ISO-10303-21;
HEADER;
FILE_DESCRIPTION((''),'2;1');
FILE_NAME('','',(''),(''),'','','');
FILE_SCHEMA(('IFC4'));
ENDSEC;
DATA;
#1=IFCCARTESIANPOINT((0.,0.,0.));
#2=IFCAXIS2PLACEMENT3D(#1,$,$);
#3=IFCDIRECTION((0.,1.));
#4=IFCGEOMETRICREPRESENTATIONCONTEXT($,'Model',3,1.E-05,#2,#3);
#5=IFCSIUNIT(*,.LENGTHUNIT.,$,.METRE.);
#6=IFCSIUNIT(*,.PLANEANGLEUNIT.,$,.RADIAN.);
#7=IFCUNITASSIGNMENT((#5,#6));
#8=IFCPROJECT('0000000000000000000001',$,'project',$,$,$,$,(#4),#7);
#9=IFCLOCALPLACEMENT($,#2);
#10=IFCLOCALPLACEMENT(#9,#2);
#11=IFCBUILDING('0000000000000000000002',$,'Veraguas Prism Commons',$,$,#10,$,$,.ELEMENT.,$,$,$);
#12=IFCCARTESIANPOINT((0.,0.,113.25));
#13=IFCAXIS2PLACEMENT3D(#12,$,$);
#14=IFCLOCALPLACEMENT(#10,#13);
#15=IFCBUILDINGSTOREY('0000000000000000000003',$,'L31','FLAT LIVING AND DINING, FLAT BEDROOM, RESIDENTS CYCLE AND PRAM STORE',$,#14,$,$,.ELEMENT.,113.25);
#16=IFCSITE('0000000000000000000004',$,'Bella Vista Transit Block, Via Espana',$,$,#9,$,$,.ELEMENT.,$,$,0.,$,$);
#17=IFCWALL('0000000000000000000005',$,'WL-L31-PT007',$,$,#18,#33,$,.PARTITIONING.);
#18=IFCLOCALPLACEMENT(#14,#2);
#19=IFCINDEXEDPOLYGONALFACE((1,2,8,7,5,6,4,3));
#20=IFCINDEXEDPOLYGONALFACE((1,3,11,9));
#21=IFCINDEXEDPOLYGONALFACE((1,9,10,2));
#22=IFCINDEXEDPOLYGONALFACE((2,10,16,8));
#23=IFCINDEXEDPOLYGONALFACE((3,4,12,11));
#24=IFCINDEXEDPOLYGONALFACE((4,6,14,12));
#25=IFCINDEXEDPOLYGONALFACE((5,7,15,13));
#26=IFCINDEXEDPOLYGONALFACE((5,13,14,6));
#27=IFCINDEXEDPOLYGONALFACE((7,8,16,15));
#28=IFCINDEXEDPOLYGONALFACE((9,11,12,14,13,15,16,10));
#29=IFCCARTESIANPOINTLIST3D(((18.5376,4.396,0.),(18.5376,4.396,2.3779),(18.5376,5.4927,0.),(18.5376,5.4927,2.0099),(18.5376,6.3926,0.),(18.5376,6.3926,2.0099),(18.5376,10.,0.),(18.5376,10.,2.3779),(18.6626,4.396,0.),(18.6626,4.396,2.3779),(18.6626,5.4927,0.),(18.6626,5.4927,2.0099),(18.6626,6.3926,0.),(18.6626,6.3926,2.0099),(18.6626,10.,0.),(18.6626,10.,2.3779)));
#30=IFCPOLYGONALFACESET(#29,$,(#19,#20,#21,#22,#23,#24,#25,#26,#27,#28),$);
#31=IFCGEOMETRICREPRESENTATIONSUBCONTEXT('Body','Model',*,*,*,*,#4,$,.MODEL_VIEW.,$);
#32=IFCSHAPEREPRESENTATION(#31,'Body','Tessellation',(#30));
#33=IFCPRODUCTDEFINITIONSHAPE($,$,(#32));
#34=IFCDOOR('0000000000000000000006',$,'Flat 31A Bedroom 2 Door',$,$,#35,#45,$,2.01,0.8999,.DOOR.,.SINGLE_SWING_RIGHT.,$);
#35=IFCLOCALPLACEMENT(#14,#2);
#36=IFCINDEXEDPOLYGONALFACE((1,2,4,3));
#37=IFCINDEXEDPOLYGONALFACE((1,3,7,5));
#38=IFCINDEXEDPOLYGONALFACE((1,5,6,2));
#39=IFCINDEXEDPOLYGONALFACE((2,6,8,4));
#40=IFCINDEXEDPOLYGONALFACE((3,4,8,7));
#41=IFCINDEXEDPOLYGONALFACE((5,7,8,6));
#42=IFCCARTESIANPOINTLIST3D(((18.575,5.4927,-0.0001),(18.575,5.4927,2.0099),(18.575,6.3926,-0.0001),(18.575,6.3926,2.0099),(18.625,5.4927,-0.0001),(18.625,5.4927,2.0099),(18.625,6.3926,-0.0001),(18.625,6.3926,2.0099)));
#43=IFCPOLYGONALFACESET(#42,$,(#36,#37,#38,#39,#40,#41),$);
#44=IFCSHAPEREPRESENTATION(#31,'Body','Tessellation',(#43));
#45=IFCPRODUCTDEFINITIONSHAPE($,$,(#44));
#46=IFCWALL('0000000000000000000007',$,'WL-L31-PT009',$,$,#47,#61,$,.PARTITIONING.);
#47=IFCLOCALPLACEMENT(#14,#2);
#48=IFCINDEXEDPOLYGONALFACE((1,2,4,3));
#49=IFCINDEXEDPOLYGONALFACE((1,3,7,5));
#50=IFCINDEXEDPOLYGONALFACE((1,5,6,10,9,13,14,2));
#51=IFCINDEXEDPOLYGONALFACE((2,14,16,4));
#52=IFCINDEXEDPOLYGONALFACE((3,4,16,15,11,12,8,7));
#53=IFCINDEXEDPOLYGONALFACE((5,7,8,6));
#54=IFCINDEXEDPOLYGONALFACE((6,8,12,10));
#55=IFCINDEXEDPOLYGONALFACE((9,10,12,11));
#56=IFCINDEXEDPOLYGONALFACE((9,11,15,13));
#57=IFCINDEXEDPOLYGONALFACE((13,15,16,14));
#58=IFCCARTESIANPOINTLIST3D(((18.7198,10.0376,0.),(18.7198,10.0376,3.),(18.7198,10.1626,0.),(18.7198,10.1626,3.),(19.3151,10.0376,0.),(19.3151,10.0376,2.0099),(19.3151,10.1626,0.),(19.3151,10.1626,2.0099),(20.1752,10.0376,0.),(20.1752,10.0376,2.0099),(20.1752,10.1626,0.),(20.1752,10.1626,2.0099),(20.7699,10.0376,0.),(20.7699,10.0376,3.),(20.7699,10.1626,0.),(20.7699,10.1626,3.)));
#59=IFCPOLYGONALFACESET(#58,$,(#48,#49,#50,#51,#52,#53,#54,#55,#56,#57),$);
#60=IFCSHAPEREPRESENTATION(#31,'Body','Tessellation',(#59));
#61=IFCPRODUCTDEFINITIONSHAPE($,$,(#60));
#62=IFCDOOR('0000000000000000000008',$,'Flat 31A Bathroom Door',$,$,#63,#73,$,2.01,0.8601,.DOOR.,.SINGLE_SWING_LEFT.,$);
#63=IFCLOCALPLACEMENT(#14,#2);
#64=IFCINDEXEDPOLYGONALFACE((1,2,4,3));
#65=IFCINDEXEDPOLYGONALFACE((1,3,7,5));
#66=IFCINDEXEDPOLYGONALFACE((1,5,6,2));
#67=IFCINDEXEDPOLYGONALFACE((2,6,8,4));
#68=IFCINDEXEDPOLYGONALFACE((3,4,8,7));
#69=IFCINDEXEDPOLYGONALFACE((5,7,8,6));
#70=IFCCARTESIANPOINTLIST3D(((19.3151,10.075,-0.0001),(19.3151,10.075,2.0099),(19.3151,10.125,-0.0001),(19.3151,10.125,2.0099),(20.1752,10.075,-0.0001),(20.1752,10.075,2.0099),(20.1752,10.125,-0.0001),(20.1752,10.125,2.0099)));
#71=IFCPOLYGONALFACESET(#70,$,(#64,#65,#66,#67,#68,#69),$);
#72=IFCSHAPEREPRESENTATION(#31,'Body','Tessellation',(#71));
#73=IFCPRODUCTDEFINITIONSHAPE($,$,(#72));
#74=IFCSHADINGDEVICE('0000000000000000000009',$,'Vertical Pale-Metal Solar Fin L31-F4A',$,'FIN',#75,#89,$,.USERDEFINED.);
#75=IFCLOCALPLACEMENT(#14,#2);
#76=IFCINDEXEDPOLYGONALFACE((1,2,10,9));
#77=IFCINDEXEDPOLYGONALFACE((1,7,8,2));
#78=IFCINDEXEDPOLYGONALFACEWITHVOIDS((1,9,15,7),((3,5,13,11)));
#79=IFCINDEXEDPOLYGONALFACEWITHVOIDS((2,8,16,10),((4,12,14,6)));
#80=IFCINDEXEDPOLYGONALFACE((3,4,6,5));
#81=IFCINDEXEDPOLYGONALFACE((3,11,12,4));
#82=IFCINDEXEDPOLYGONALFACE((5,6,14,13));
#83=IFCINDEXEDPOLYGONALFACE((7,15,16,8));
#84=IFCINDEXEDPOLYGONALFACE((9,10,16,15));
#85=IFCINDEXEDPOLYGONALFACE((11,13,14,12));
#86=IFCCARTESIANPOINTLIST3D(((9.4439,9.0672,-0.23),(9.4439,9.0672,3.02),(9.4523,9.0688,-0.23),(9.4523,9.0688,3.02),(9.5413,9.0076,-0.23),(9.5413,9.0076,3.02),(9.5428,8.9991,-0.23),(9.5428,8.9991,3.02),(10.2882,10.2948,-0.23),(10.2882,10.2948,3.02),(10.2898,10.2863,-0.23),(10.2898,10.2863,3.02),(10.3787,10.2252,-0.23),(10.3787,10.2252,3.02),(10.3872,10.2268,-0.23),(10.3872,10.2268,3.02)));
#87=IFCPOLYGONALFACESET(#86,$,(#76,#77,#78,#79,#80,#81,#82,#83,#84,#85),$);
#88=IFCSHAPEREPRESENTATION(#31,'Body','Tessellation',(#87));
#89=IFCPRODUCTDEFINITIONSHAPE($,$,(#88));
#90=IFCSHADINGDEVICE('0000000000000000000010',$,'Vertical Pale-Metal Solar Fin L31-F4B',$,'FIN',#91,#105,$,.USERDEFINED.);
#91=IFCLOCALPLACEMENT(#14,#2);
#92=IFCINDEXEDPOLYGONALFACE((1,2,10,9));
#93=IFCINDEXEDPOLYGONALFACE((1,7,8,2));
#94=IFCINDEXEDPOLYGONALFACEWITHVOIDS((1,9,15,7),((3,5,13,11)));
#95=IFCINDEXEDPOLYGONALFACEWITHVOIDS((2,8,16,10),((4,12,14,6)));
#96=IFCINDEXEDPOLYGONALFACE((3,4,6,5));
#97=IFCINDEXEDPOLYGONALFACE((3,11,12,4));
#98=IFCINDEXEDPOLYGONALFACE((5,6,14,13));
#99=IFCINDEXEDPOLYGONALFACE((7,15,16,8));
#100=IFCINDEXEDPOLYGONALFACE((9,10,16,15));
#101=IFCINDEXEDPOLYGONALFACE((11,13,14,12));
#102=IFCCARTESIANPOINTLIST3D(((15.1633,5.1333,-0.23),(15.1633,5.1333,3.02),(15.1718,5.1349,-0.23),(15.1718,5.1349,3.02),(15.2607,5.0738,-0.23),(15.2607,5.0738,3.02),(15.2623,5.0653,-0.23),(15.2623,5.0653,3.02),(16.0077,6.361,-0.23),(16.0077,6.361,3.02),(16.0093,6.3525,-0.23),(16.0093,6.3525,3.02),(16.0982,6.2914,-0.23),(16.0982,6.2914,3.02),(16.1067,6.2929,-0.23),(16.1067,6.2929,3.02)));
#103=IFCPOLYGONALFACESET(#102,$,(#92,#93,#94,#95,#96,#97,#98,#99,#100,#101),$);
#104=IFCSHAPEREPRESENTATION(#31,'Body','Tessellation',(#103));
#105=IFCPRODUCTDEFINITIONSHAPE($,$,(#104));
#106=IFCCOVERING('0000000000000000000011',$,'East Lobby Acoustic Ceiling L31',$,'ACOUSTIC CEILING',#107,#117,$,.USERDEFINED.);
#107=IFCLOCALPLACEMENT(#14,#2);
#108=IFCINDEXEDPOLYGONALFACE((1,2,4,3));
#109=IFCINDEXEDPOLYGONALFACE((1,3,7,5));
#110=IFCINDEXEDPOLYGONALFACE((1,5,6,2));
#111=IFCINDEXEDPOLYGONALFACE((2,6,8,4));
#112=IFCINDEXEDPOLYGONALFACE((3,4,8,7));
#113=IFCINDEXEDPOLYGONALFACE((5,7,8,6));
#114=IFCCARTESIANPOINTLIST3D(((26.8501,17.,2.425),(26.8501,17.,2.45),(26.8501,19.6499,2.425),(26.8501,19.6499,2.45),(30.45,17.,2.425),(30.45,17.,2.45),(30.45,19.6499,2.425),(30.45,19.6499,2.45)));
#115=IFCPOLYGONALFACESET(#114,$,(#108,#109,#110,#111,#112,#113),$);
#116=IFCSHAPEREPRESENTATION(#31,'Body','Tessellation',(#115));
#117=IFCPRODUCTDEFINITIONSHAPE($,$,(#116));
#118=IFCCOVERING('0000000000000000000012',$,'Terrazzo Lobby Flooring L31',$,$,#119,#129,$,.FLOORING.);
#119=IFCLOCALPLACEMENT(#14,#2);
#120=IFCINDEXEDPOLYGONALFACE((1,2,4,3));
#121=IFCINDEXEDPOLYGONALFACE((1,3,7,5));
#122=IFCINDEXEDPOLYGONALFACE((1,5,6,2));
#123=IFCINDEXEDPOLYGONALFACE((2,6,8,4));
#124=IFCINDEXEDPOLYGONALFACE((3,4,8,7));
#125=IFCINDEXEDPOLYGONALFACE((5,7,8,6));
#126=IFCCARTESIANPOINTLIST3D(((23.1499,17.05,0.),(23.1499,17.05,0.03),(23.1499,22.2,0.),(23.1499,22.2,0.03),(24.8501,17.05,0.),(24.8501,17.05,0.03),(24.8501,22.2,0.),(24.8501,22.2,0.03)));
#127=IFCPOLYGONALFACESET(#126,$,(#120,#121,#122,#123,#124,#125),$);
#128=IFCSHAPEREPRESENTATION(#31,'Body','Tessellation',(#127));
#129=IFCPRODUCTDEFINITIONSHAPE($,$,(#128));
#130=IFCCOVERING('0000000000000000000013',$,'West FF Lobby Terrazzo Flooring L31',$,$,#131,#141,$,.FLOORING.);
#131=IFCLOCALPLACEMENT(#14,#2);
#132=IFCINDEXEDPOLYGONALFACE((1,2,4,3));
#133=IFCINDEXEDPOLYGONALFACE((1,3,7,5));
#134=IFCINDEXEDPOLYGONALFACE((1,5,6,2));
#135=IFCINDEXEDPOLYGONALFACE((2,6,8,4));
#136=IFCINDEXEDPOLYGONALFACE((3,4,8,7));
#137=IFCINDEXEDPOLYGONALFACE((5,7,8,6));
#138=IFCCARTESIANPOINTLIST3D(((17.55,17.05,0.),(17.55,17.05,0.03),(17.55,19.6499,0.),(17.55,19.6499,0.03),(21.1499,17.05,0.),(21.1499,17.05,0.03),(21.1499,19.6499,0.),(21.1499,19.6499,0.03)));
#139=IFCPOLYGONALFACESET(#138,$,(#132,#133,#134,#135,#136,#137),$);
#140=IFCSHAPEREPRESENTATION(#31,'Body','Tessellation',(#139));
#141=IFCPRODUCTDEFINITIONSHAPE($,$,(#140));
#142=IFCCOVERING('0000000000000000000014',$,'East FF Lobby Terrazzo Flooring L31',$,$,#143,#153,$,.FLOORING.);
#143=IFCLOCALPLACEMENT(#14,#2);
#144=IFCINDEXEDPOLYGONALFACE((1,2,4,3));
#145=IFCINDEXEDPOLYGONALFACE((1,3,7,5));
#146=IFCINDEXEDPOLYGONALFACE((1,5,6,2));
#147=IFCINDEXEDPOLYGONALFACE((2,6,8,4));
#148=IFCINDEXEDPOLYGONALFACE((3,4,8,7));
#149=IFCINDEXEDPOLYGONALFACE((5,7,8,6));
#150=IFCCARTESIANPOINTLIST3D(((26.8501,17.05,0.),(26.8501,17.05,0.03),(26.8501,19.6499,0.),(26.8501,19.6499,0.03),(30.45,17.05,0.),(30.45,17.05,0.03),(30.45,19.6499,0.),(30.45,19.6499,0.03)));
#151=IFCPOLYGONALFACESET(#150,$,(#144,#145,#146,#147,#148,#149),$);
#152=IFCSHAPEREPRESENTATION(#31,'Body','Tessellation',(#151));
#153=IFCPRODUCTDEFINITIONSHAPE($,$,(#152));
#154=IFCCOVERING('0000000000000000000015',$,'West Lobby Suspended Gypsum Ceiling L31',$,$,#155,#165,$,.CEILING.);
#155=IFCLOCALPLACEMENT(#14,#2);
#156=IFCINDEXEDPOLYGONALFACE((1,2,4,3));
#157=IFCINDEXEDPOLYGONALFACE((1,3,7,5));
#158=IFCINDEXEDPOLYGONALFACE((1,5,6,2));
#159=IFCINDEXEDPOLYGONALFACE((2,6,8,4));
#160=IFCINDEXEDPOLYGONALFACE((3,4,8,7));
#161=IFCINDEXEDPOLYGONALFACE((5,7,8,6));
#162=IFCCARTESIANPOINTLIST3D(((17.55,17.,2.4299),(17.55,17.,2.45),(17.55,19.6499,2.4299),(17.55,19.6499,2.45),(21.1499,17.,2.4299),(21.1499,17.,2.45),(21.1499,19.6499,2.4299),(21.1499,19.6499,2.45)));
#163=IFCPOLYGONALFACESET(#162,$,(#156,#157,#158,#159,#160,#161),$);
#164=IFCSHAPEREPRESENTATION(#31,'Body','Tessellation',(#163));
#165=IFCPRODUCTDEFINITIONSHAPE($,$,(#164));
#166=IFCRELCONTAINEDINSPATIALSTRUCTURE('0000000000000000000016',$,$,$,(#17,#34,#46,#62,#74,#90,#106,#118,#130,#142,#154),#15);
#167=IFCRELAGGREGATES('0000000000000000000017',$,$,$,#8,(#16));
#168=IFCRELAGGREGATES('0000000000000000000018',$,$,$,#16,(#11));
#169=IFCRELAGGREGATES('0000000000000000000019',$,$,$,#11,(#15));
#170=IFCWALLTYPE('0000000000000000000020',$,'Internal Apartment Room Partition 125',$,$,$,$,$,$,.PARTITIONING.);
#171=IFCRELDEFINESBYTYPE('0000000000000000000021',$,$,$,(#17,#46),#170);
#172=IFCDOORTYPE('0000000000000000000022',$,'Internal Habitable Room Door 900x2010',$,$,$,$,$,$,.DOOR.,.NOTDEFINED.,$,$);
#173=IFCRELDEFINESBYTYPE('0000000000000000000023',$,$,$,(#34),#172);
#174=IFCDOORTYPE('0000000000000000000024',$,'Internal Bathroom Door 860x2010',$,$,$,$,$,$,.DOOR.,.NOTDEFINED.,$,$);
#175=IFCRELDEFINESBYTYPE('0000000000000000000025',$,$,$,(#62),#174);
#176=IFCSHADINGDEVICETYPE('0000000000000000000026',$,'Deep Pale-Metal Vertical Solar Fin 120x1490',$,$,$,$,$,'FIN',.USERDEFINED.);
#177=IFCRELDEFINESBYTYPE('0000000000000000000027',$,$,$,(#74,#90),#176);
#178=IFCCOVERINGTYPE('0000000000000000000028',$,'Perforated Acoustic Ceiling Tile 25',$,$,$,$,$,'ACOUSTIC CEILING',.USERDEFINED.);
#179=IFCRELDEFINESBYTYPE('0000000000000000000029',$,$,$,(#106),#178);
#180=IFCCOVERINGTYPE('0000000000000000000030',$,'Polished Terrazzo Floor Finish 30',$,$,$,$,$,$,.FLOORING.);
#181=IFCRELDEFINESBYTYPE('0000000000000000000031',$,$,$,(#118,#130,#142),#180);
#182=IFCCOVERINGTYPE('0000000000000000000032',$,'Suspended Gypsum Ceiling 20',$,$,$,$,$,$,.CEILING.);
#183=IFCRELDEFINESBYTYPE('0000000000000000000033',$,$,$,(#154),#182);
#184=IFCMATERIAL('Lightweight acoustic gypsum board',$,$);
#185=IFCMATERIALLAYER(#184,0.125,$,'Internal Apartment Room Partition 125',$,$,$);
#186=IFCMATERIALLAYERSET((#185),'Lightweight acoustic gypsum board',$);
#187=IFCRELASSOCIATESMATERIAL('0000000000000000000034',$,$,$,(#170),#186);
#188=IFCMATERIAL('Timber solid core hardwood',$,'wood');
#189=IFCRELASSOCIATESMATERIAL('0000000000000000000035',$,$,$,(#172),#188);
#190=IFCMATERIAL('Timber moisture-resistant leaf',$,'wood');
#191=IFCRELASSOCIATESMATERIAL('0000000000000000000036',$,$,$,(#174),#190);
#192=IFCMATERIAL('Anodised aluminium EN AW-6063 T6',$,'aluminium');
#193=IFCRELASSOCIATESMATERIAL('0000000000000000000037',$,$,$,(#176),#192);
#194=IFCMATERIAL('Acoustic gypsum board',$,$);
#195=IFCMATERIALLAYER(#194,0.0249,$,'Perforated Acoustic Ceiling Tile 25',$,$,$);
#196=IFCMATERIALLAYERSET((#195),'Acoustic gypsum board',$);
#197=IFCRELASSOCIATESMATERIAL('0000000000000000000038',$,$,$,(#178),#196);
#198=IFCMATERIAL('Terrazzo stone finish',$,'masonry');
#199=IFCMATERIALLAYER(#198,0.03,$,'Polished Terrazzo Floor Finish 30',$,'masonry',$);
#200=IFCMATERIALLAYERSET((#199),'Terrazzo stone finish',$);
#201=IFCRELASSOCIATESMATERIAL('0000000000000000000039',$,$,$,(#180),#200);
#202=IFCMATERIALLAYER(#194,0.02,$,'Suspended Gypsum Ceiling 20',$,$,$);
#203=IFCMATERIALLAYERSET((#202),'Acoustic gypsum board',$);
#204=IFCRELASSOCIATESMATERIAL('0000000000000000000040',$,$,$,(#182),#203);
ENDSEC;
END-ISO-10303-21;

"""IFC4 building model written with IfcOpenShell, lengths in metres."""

from ifc_helpers import new_model, si_unit, direction, frame, frame_2d, origin, origin_2d, place, context, subcontext, project, spatial, polyline, rectangle, hollow_rectangle, outline, extrude, source, transform, mapped, material, layer, layer_set, material_profile, profile_set, type_object, element, fill, save


model = new_model("IFC4")

# Units and contexts
model_context = context("Model", 3, precision=1e-05, world=origin(), true_north=direction((0.0, 1.0)))
body_context = subcontext(model_context, "Body", "Model", "MODEL_VIEW")
ifc_project = project(units=[si_unit("LENGTHUNIT", "METRE"), si_unit("PLANEANGLEUNIT", "RADIAN")], contexts=[model_context])

# Site, building, storey
site_placement = place(None, origin())
site = spatial("IfcSite", under=ifc_project, at=site_placement, Name="Bella Vista Transit Block, Via Espana", CompositionType="ELEMENT", RefElevation=0.0)
building_placement = place(site_placement, origin())
building = spatial("IfcBuilding", under=site, at=building_placement, Name="Veraguas Prism Commons", CompositionType="ELEMENT")
storey_placement = place(building_placement, frame((0.0, 0.0, 113.25)))
storey = spatial("IfcBuildingStorey", under=building, at=storey_placement, Name="L31", Description="FLAT LIVING AND DINING, FLAT BEDROOM, RESIDENTS CYCLE AND PRAM STORE", CompositionType="ELEMENT", Elevation=113.25)

# Shared definitions
ifc_material_1 = material(Name="Anodised aluminium EN AW-6063 T6", Category="aluminium")

# Walls, openings, doors
ifc_material_2 = material(Name="Lightweight acoustic gypsum board")
ifc_layer_1 = layer(ifc_material_2, 0.125, Name="Internal Apartment Room Partition 125")
ifc_layer_set_1 = layer_set([ifc_layer_1], Name="Lightweight acoustic gypsum board")
wall_type_1 = type_object("IfcWallType", Name="Internal Apartment Room Partition 125", PredefinedType="PARTITIONING", material=ifc_layer_set_1)
wall_1_placement = place(storey_placement, frame((18.6001, 10.0, 0.0), z_axis=(0.0, 0.0, 1.0), x_axis=(0.0, -1.0, 0.0)))
wall_1 = element("IfcWall", 1, at=wall_1_placement, inside=storey, type_object=wall_type_1, Name="WL-L31-PT007", PredefinedType="PARTITIONING", context=body_context, shape_type="SweptSolid", body=[
    extrude(rectangle(XDim=5.604, YDim=0.125, at=frame_2d((2.802, 0.0))), origin(), (0.0, 0.0, 1.0), 2.3779),
])
opening_1_placement = place(wall_1_placement, frame((3.6074, 0.0, 0.0)))
opening_1 = element("IfcOpeningElement", 2, at=opening_1_placement, cuts=wall_1, PredefinedType="OPENING", context=body_context, shape_type="SweptSolid", body=[
    extrude(rectangle(XDim=0.8999, YDim=2.01, at=frame_2d((0.45, 1.0049))), frame((0.0, 0.0725, 0.0), z_axis=(0.0, -1.0, 0.0), x_axis=(1.0, 0.0, 0.0)), (0.0, 0.0, 1.0), 0.145),
])
ifc_material_3 = material(Name="Timber solid core hardwood", Category="wood")
door_type_1 = type_object("IfcDoorType", Name="Internal Habitable Room Door 900x2010", OperationType="NOTDEFINED", PredefinedType="DOOR", material=ifc_material_3)
shared_shape_1 = source(origin(), body_context, "Body", "SweptSolid", [
    extrude(rectangle(XDim=0.8999, YDim=2.01, at=frame_2d((0.45, 1.0049))), frame((0.0, 0.0249, 0.0), z_axis=(0.0, -1.0, 0.0), x_axis=(1.0, 0.0, 0.0)), (0.0, 0.0, 1.0), 0.05),
])
door_1_placement = place(opening_1_placement, origin())
door_1 = element("IfcDoor", 3, at=door_1_placement, inside=storey, type_object=door_type_1, Name="Flat 31A Bedroom 2 Door", OperationType="SINGLE_SWING_RIGHT", OverallHeight=2.01, OverallWidth=0.8999, PredefinedType="DOOR", context=body_context, shape_type="MappedRepresentation", body=[
    mapped(shared_shape_1, transform((0.0, 0.0, 0.0), scale=1.0)),
])
fill(opening_1, door_1)
wall_2_placement = place(storey_placement, frame((18.72, 10.1001, 0.0), z_axis=(0.0, 0.0, 1.0), x_axis=(1.0, 0.0, 0.0)))
wall_2 = element("IfcWall", 4, at=wall_2_placement, inside=storey, type_object=wall_type_1, Name="WL-L31-PT009", PredefinedType="PARTITIONING", context=body_context, shape_type="SweptSolid", body=[
    extrude(rectangle(XDim=2.05, YDim=0.125, at=frame_2d((1.0249, 0.0))), origin(), (0.0, 0.0, 1.0), 3.0),
])
opening_2_placement = place(wall_2_placement, frame((0.595, 0.0, 0.0)))
opening_2 = element("IfcOpeningElement", 5, at=opening_2_placement, cuts=wall_2, PredefinedType="OPENING", context=body_context, shape_type="SweptSolid", body=[
    extrude(rectangle(XDim=0.8601, YDim=2.01, at=frame_2d((0.4302, 1.0049))), frame((0.0, 0.0725, 0.0), z_axis=(0.0, -1.0, 0.0), x_axis=(1.0, 0.0, 0.0)), (0.0, 0.0, 1.0), 0.145),
])
ifc_material_4 = material(Name="Timber moisture-resistant leaf", Category="wood")
door_type_2 = type_object("IfcDoorType", Name="Internal Bathroom Door 860x2010", OperationType="NOTDEFINED", PredefinedType="DOOR", material=ifc_material_4)
shared_shape_2 = source(origin(), body_context, "Body", "SweptSolid", [
    extrude(rectangle(XDim=0.8601, YDim=2.01, at=frame_2d((0.4302, 1.0049))), frame((0.0, 0.0249, 0.0), z_axis=(0.0, -1.0, 0.0), x_axis=(1.0, 0.0, 0.0)), (0.0, 0.0, 1.0), 0.05),
])
door_2_placement = place(opening_2_placement, origin())
door_2 = element("IfcDoor", 6, at=door_2_placement, inside=storey, type_object=door_type_2, Name="Flat 31A Bathroom Door", OperationType="SINGLE_SWING_LEFT", OverallHeight=2.01, OverallWidth=0.8601, PredefinedType="DOOR", context=body_context, shape_type="MappedRepresentation", body=[
    mapped(shared_shape_2, transform((0.0, 0.0, 0.0), scale=1.0)),
])
fill(opening_2, door_2)

# Shading devices
ifc_material_profile_1 = material_profile(ifc_material_1, hollow_rectangle(XDim=0.1201, YDim=1.49, WallThickness=0.0061, at=origin_2d()), Name="FIN120X1490X6")
ifc_profile_set_1 = profile_set([ifc_material_profile_1], Name="Anodised aluminium EN AW-6063 T6")
shading_device_type = type_object("IfcShadingDeviceType", Name="Deep Pale-Metal Vertical Solar Fin 120x1490", ElementType="FIN", PredefinedType="USERDEFINED", material=ifc_profile_set_1)
for number, where, z_axis, x_axis, name in (
    (7, (9.9155, 9.647, -0.23), (0.0, 0.0, 1.0), (0.823929, -0.566692, 0.0), "Vertical Pale-Metal Solar Fin L31-F4A"),
    (8, (15.635, 5.7131, -0.23), (0.0, 0.0, 1.0), (0.823929, -0.566692, 0.0), "Vertical Pale-Metal Solar Fin L31-F4B"),
):
    element("IfcShadingDevice", number, at=place(storey_placement, frame(where, z_axis=z_axis, x_axis=x_axis)), inside=storey, type_object=shading_device_type, Name=name, ObjectType="FIN", PredefinedType="USERDEFINED", context=body_context, shape_type="SweptSolid", body=[
        extrude(hollow_rectangle(XDim=0.1201, YDim=1.49, WallThickness=0.0061, at=origin_2d()), origin(), (0.0, 0.0, 1.0), 3.25),
    ])

# Coverings
ifc_material_5 = material(Name="Acoustic gypsum board")
ifc_layer_2 = layer(ifc_material_5, 0.0249, Name="Perforated Acoustic Ceiling Tile 25")
ifc_layer_set_2 = layer_set([ifc_layer_2], Name="Acoustic gypsum board")
covering_type_1 = type_object("IfcCoveringType", Name="Perforated Acoustic Ceiling Tile 25", ElementType="ACOUSTIC CEILING", PredefinedType="USERDEFINED", material=ifc_layer_set_2)
covering_1_placement = place(storey_placement, frame((0.0, 0.0, 2.425)))
element("IfcCovering", 9, at=covering_1_placement, inside=storey, type_object=covering_type_1, Name="East Lobby Acoustic Ceiling L31", ObjectType="ACOUSTIC CEILING", PredefinedType="USERDEFINED", context=body_context, shape_type="SweptSolid", body=[
    extrude(outline(polyline([(26.8501, 17.0), (30.45, 17.0), (30.45, 19.6499), (26.8501, 19.6499), (26.8501, 17.0)])), origin(), (0.0, 0.0, 1.0), 0.0249),
])
ifc_material_6 = material(Name="Terrazzo stone finish", Category="masonry")
ifc_layer_3 = layer(ifc_material_6, 0.03, Name="Polished Terrazzo Floor Finish 30", Category="masonry")
ifc_layer_set_3 = layer_set([ifc_layer_3], Name="Terrazzo stone finish")
covering_type_2 = type_object("IfcCoveringType", Name="Polished Terrazzo Floor Finish 30", PredefinedType="FLOORING", material=ifc_layer_set_3)
covering_2_placement = place(storey_placement, origin())
element("IfcCovering", 10, at=covering_2_placement, inside=storey, type_object=covering_type_2, Name="Terrazzo Lobby Flooring L31", PredefinedType="FLOORING", context=body_context, shape_type="SweptSolid", body=[
    extrude(outline(polyline([(23.1499, 17.05), (24.8501, 17.05), (24.8501, 22.2), (23.1499, 22.2), (23.1499, 17.05)])), origin(), (0.0, 0.0, 1.0), 0.03),
])
covering_3_placement = place(storey_placement, origin())
element("IfcCovering", 11, at=covering_3_placement, inside=storey, type_object=covering_type_2, Name="West FF Lobby Terrazzo Flooring L31", PredefinedType="FLOORING", context=body_context, shape_type="SweptSolid", body=[
    extrude(outline(polyline([(17.55, 17.05), (21.1499, 17.05), (21.1499, 19.6499), (17.55, 19.6499), (17.55, 17.05)])), origin(), (0.0, 0.0, 1.0), 0.03),
])
covering_4_placement = place(storey_placement, origin())
element("IfcCovering", 12, at=covering_4_placement, inside=storey, type_object=covering_type_2, Name="East FF Lobby Terrazzo Flooring L31", PredefinedType="FLOORING", context=body_context, shape_type="SweptSolid", body=[
    extrude(outline(polyline([(26.8501, 17.05), (30.45, 17.05), (30.45, 19.6499), (26.8501, 19.6499), (26.8501, 17.05)])), origin(), (0.0, 0.0, 1.0), 0.03),
])
ifc_layer_4 = layer(ifc_material_5, 0.02, Name="Suspended Gypsum Ceiling 20")
ifc_layer_set_4 = layer_set([ifc_layer_4], Name="Acoustic gypsum board")
covering_type_3 = type_object("IfcCoveringType", Name="Suspended Gypsum Ceiling 20", PredefinedType="CEILING", material=ifc_layer_set_4)
covering_5_placement = place(storey_placement, frame((0.0, 0.0, 2.4299)))
element("IfcCovering", 13, at=covering_5_placement, inside=storey, type_object=covering_type_3, Name="West Lobby Suspended Gypsum Ceiling L31", PredefinedType="CEILING", context=body_context, shape_type="SweptSolid", body=[
    extrude(outline(polyline([(17.55, 17.0), (21.1499, 17.0), (21.1499, 19.6499), (17.55, 19.6499), (17.55, 17.0)])), origin(), (0.0, 0.0, 1.0), 0.02),
])

save(model, "model.ifc")
